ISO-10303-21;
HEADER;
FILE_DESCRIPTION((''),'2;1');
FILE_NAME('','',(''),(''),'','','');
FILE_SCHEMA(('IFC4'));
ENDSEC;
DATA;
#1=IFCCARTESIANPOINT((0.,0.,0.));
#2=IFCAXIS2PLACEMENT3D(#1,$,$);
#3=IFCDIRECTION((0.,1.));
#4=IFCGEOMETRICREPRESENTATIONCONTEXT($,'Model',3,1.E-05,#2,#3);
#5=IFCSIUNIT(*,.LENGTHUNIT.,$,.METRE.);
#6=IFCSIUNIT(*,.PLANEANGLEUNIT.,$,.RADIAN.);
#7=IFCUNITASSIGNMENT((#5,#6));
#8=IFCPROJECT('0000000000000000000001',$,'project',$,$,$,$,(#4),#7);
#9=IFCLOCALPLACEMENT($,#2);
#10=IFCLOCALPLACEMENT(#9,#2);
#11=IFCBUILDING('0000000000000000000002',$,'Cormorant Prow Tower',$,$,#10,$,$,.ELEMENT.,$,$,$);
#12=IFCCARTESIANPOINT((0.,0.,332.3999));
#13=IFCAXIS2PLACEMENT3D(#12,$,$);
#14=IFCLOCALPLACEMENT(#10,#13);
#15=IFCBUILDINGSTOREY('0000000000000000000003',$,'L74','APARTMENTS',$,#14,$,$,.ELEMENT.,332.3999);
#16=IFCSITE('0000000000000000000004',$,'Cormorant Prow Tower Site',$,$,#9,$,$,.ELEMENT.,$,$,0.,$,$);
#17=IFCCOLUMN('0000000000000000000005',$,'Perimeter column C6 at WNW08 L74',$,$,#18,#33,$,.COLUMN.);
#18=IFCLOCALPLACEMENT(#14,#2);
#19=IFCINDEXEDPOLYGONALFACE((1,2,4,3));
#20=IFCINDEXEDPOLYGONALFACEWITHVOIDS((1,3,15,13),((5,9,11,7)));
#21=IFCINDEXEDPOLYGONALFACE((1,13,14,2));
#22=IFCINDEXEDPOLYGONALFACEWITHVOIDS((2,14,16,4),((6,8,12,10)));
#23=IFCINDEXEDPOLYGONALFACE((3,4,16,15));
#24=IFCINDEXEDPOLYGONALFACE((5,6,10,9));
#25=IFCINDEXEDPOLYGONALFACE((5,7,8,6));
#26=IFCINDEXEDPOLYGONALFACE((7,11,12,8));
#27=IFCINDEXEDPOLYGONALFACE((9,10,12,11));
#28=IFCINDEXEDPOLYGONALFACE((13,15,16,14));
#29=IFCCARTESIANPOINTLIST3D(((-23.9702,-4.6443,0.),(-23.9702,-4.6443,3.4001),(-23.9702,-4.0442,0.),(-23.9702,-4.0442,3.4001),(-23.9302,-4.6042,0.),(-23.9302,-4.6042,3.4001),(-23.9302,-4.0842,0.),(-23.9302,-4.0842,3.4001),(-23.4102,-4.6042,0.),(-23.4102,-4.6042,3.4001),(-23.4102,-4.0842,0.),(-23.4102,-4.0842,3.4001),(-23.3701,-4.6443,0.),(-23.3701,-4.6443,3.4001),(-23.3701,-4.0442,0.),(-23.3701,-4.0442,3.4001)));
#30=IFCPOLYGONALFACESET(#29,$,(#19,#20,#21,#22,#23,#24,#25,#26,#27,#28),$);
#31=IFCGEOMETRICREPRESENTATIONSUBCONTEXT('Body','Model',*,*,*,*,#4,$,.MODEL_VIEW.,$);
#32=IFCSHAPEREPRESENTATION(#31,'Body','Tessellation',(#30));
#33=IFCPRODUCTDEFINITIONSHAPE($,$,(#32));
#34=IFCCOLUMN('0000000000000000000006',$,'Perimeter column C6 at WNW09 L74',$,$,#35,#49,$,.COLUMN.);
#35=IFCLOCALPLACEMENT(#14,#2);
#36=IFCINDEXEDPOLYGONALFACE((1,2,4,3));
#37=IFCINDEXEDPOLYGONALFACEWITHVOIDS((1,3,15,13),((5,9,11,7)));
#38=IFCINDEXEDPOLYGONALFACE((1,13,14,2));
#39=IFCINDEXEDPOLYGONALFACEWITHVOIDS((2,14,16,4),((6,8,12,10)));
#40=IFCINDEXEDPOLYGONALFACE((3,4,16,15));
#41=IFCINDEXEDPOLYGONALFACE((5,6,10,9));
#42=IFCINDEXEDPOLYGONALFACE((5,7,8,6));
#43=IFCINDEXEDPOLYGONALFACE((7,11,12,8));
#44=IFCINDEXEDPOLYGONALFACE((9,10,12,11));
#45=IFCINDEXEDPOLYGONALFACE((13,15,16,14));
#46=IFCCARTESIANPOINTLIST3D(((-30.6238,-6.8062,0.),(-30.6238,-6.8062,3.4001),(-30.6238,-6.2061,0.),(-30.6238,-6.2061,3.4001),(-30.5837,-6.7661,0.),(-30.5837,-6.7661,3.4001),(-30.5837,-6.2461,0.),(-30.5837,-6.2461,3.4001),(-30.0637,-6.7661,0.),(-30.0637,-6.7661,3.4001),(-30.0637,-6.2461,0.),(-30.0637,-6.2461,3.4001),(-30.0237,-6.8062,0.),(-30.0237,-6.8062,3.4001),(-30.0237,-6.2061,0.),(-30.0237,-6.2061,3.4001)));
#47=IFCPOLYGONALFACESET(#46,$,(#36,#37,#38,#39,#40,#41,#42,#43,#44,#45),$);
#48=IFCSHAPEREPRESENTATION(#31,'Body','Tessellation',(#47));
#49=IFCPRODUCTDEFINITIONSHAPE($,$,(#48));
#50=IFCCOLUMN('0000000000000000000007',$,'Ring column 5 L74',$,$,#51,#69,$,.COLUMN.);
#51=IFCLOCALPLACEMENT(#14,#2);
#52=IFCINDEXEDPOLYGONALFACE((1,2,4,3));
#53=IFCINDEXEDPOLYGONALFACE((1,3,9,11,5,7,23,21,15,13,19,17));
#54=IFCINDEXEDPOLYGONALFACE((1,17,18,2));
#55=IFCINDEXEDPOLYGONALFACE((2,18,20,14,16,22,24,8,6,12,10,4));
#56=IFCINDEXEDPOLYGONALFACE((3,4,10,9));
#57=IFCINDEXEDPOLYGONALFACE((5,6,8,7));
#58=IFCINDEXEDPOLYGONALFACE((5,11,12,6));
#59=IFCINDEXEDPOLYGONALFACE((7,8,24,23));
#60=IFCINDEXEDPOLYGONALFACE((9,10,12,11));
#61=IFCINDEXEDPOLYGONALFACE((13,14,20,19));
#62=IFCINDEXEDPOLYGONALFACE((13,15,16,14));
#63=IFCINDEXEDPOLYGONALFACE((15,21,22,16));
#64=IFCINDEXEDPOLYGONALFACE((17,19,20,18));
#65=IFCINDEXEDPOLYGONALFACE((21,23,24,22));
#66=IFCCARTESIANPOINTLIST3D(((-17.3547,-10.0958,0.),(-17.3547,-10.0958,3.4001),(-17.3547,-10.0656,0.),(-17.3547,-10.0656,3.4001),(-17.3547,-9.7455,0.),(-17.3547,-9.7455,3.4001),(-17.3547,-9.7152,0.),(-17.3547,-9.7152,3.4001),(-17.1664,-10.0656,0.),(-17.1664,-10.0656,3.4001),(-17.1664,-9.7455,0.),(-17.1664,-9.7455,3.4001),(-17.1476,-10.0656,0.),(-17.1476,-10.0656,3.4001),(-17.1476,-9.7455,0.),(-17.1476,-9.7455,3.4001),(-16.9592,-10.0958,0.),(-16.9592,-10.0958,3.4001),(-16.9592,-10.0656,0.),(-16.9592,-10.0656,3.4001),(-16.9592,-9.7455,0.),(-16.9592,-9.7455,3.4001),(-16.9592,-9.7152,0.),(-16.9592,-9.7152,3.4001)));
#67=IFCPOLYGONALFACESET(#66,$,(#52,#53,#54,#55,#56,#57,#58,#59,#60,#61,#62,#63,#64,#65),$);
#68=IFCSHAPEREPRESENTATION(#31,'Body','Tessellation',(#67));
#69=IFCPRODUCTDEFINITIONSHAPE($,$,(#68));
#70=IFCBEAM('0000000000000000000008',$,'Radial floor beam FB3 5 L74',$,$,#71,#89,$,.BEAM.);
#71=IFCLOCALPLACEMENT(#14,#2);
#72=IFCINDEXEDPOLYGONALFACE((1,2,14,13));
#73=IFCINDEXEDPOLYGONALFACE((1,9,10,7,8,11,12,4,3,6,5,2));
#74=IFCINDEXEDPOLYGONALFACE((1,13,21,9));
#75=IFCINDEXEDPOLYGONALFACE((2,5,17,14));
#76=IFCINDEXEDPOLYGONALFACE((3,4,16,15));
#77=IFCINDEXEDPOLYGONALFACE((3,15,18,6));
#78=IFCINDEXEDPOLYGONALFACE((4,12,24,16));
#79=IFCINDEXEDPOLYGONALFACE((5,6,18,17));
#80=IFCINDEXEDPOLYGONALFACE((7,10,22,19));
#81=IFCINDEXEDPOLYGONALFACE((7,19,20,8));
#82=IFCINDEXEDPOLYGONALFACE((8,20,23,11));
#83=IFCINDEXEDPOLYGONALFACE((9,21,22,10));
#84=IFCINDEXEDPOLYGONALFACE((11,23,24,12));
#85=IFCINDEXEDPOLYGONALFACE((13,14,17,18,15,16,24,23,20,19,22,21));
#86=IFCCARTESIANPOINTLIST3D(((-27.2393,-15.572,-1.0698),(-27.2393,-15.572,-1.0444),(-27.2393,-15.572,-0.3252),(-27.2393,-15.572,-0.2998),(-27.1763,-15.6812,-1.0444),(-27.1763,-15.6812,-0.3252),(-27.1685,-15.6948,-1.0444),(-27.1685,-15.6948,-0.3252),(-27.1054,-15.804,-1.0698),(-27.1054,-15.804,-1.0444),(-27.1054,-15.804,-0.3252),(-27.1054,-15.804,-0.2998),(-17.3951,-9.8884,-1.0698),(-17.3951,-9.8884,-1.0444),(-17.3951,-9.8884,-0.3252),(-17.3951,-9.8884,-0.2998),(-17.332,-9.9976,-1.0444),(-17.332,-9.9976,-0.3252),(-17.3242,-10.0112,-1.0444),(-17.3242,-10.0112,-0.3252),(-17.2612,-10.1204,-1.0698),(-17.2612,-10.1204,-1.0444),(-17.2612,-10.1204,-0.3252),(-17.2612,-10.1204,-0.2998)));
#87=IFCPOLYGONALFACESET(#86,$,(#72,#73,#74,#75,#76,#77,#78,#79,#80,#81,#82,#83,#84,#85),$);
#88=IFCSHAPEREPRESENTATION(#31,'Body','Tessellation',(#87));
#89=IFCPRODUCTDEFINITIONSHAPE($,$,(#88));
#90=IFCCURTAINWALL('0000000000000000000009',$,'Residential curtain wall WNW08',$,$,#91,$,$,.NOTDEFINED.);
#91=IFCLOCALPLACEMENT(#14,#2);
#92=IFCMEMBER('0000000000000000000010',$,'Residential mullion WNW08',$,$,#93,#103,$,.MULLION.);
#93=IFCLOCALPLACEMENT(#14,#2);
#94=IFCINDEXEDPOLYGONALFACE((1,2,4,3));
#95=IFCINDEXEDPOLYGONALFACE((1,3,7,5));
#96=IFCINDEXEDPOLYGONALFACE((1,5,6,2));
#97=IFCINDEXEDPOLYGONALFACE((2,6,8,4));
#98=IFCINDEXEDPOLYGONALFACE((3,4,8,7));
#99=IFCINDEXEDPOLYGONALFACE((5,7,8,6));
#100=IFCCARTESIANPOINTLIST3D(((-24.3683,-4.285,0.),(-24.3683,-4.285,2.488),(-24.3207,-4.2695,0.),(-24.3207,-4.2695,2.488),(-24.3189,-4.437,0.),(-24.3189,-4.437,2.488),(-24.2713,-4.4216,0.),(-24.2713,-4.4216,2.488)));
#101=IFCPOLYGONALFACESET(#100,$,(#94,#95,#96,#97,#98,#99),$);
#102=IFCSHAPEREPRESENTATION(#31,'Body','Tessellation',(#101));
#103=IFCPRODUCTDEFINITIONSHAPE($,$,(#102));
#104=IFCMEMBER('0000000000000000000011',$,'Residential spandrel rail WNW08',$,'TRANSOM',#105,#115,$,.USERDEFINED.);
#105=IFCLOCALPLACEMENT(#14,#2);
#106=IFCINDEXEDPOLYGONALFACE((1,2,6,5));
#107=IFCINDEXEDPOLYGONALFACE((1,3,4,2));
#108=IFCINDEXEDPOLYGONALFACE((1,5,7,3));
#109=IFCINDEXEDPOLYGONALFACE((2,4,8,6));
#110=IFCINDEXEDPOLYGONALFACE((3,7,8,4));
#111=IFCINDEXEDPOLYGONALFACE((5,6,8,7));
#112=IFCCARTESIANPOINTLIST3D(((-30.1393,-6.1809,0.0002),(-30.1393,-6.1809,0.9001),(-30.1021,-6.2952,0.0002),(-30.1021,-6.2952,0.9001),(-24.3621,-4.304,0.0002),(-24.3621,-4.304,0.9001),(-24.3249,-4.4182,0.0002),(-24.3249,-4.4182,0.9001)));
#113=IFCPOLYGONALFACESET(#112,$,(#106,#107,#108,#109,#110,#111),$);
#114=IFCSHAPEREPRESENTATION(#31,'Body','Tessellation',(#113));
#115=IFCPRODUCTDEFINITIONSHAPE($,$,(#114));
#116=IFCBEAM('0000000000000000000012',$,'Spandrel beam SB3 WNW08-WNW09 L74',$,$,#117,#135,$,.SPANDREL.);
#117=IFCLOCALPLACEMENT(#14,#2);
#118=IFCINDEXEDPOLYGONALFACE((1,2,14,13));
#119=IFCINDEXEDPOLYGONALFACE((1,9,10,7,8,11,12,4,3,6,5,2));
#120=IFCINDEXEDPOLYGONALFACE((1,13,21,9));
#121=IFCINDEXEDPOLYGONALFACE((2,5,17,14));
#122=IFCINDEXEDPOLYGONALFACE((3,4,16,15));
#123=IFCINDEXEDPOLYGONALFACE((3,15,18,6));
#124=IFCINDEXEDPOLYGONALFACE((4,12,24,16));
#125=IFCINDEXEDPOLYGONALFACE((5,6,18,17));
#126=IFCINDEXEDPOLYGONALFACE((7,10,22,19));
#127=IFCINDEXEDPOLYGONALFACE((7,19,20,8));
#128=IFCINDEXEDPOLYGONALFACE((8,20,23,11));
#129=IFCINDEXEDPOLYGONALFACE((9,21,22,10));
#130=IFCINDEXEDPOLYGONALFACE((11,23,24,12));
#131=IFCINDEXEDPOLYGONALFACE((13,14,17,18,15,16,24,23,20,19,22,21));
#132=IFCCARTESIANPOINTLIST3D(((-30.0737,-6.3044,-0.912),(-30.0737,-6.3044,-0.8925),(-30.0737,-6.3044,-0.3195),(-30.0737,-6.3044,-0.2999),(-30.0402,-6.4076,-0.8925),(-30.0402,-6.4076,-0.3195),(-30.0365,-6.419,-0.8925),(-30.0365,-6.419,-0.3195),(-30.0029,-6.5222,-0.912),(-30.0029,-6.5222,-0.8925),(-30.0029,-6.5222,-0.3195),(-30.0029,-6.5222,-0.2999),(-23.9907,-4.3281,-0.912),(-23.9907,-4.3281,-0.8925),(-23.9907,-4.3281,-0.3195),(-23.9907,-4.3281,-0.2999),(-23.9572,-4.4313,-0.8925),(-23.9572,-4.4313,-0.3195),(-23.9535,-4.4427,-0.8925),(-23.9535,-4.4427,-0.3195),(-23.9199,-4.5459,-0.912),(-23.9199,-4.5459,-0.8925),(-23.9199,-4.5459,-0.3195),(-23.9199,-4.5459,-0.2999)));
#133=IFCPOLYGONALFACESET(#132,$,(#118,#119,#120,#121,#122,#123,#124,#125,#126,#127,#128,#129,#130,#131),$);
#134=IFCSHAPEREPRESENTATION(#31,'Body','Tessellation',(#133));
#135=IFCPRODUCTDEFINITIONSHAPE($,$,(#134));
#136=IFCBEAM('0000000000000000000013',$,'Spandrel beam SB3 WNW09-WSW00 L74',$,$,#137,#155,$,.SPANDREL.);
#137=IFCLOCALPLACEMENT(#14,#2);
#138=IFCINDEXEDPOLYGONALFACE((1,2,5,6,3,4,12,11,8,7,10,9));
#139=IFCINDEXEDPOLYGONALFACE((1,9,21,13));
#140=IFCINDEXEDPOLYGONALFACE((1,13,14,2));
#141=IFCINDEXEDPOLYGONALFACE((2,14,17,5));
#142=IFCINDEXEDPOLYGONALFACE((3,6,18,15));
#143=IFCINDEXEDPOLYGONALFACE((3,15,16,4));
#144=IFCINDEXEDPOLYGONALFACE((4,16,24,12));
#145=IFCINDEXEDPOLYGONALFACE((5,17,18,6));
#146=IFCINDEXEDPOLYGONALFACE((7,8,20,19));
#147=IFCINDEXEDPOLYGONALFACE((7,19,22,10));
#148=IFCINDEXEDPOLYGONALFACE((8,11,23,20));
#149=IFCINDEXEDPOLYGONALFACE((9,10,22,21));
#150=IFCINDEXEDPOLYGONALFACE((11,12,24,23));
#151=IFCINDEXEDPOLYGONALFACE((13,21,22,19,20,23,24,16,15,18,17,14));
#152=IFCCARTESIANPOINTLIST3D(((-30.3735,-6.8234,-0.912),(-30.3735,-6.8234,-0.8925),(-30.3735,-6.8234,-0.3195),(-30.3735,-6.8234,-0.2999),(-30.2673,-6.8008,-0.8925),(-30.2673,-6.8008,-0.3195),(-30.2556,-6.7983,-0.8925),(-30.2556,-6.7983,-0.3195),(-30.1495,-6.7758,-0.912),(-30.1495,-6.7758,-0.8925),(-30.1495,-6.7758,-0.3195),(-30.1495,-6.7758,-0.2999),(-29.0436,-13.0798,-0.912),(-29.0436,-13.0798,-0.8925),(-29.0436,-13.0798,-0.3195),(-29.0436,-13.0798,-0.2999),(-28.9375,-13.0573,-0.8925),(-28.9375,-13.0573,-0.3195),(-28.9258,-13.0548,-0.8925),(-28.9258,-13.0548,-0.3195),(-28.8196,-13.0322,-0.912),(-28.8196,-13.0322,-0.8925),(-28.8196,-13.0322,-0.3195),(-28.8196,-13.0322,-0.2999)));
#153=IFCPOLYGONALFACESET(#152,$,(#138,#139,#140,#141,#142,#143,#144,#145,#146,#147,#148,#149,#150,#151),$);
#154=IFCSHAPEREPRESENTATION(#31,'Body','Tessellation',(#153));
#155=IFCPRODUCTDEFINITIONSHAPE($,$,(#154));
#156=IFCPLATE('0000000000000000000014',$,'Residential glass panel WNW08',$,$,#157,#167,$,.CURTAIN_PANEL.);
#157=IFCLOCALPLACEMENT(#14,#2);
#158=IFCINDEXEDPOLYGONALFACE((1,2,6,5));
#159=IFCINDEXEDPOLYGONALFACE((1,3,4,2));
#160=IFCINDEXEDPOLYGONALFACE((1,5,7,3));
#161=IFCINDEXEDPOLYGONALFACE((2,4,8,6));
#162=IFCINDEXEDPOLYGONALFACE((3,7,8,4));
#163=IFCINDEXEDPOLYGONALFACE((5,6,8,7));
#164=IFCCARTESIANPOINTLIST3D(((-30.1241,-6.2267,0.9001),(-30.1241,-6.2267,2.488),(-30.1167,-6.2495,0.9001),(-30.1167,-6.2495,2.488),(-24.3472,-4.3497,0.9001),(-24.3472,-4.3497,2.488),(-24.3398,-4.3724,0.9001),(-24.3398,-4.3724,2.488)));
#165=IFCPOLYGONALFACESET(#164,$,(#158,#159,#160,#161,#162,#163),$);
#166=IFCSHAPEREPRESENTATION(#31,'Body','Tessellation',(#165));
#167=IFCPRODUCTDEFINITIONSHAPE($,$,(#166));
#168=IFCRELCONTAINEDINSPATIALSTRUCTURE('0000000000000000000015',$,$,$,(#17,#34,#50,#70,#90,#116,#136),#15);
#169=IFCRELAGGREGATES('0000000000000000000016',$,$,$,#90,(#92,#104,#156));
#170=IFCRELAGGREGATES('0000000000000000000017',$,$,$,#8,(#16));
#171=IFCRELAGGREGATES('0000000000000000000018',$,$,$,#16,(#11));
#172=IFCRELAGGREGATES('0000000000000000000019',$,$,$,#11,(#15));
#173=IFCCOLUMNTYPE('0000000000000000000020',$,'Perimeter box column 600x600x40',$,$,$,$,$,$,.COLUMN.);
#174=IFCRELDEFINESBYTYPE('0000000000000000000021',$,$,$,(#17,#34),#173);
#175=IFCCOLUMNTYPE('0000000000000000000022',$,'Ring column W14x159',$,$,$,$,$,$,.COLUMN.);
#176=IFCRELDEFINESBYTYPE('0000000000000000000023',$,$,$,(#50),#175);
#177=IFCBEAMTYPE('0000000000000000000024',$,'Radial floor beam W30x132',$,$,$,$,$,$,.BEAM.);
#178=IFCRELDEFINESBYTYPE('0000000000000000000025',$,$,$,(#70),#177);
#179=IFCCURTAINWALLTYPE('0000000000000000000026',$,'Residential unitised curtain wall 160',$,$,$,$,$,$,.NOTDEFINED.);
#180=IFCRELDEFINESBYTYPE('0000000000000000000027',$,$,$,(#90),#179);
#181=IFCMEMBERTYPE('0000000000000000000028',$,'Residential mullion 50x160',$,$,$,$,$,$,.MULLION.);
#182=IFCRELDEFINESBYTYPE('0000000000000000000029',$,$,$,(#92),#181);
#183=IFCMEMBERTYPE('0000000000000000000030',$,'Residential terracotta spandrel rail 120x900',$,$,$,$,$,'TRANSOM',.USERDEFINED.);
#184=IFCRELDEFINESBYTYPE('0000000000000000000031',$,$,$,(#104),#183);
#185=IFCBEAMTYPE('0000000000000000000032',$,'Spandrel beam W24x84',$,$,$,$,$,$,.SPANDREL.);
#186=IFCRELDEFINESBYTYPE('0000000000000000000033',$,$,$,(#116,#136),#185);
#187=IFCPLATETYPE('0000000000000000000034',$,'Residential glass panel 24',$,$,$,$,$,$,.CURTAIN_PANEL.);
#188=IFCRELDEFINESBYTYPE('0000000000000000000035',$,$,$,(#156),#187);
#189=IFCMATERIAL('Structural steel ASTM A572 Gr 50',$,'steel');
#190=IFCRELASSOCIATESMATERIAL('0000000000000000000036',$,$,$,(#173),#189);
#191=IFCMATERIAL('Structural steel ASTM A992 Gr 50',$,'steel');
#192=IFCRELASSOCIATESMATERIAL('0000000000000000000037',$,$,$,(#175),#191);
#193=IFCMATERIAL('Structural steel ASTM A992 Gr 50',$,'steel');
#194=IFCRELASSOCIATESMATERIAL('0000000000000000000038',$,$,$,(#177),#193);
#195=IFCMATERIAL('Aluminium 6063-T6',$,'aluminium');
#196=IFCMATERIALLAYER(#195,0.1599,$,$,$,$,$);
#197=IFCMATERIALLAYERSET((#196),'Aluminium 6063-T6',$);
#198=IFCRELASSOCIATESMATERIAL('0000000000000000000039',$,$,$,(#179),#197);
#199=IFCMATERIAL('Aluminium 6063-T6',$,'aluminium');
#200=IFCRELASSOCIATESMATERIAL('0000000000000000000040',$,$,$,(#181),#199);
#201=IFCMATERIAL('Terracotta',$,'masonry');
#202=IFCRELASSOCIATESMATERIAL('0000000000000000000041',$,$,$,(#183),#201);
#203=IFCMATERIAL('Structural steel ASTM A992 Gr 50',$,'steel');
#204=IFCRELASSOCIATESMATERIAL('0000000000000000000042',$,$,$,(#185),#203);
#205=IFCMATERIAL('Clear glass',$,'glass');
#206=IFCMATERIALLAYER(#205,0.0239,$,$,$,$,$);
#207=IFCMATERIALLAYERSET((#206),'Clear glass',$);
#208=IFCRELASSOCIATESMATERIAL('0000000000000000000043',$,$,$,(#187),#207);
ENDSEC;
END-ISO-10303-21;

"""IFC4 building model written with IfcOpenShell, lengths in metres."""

from ifc_helpers import new_model, si_unit, direction, frame, origin, origin_2d, place, context, subcontext, project, spatial, rectangle, hollow_rectangle, i_section, extrude, material, layer, layer_set, material_profile, profile_set, type_object, element, aggregate, save


model = new_model("IFC4")

# Units and contexts
model_context = context("Model", 3, precision=1e-05, world=origin(), true_north=direction((0.0, 1.0)))
body_context = subcontext(model_context, "Body", "Model", "MODEL_VIEW")
ifc_project = project(units=[si_unit("LENGTHUNIT", "METRE"), si_unit("PLANEANGLEUNIT", "RADIAN")], contexts=[model_context])

# Site, building, storey
site_placement = place(None, origin())
site = spatial("IfcSite", under=ifc_project, at=site_placement, Name="Cormorant Prow Tower Site", CompositionType="ELEMENT", RefElevation=0.0)
building_placement = place(site_placement, origin())
building = spatial("IfcBuilding", under=site, at=building_placement, Name="Cormorant Prow Tower", CompositionType="ELEMENT")
storey_placement = place(building_placement, frame((0.0, 0.0, 332.3999)))
storey = spatial("IfcBuildingStorey", under=building, at=storey_placement, Name="L74", Description="APARTMENTS", CompositionType="ELEMENT", Elevation=332.3999)

# Columns
ifc_material_1 = material(Name="Structural steel ASTM A572 Gr 50", Category="steel")
ifc_material_profile_1 = material_profile(ifc_material_1, hollow_rectangle(XDim=0.6001, YDim=0.6001, WallThickness=0.04, at=origin_2d()), Name="Box 600x600x40")
ifc_profile_set_1 = profile_set([ifc_material_profile_1], Name="Structural steel ASTM A572 Gr 50")
column_type_1 = type_object("IfcColumnType", Name="Perimeter box column 600x600x40", PredefinedType="COLUMN", material=ifc_profile_set_1)
for number, where, z_axis, x_axis, name in (
    (1, (-23.6702, -4.3442, 0.0), (0.0, 0.0, 1.0), (1.0, 0.0, 0.0), "Perimeter column C6 at WNW08 L74"),
    (2, (-30.3237, -6.5061, 0.0), (0.0, 0.0, 1.0), (1.0, 0.0, 0.0), "Perimeter column C6 at WNW09 L74"),
):
    element("IfcColumn", number, at=place(storey_placement, frame(where, z_axis=z_axis, x_axis=x_axis)), inside=storey, type_object=column_type_1, Name=name, PredefinedType="COLUMN", context=body_context, shape_type="SweptSolid", body=[
        extrude(hollow_rectangle(XDim=0.6001, YDim=0.6001, WallThickness=0.04, at=origin_2d()), origin(), (0.0, 0.0, 1.0), 3.4001),
    ])
ifc_material_2 = material(Name="Structural steel ASTM A992 Gr 50", Category="steel")
ifc_material_profile_2 = material_profile(ifc_material_2, i_section(OverallWidth=0.3955, OverallDepth=0.3806, WebThickness=0.0188, FlangeThickness=0.0303, at=origin_2d()), Name="W14x159")
ifc_profile_set_2 = profile_set([ifc_material_profile_2], Name="Structural steel ASTM A992 Gr 50")
column_type_2 = type_object("IfcColumnType", Name="Ring column W14x159", PredefinedType="COLUMN", material=ifc_profile_set_2)
column_placement = place(storey_placement, frame((-17.157, -9.9055, 0.0), z_axis=(0.0, 0.0, 1.0), x_axis=(1.0, 0.0, 0.0)))
element("IfcColumn", 3, at=column_placement, inside=storey, type_object=column_type_2, Name="Ring column 5 L74", PredefinedType="COLUMN", context=body_context, shape_type="SweptSolid", body=[
    extrude(i_section(OverallWidth=0.3955, OverallDepth=0.3806, WebThickness=0.0188, FlangeThickness=0.0303, at=origin_2d()), origin(), (0.0, 0.0, 1.0), 3.4001),
])

# Beam
ifc_material_3 = material(Name="Structural steel ASTM A992 Gr 50", Category="steel")
ifc_material_profile_3 = material_profile(ifc_material_3, i_section(OverallWidth=0.2678, OverallDepth=0.77, WebThickness=0.0156, FlangeThickness=0.0254, at=origin_2d()), Name="W30x132")
ifc_profile_set_3 = profile_set([ifc_material_profile_3], Name="Structural steel ASTM A992 Gr 50")
beam_type_1 = type_object("IfcBeamType", Name="Radial floor beam W30x132", PredefinedType="BEAM", material=ifc_profile_set_3)
beam_1_placement = place(storey_placement, frame((-17.3281, -10.0044, -0.6848), z_axis=(-0.866025, -0.500001, 0.0), x_axis=(0.500001, -0.866025, 0.0)))
element("IfcBeam", 4, at=beam_1_placement, inside=storey, type_object=beam_type_1, Name="Radial floor beam FB3 5 L74", PredefinedType="BEAM", context=body_context, shape_type="SweptSolid", body=[
    extrude(i_section(OverallWidth=0.2678, OverallDepth=0.77, WebThickness=0.0156, FlangeThickness=0.0254, at=origin_2d()), origin(), (0.0, 0.0, 1.0), 11.3672),
])

# Curtain wall, members
ifc_material_4 = material(Name="Aluminium 6063-T6", Category="aluminium")
ifc_layer_1 = layer(ifc_material_4, 0.1599)
ifc_layer_set_1 = layer_set([ifc_layer_1], Name="Aluminium 6063-T6")
curtain_wall_type = type_object("IfcCurtainWallType", Name="Residential unitised curtain wall 160", PredefinedType="NOTDEFINED", material=ifc_layer_set_1)
curtain_wall_placement = place(storey_placement, origin())
curtain_wall = element("IfcCurtainWall", 5, at=curtain_wall_placement, inside=storey, type_object=curtain_wall_type, Name="Residential curtain wall WNW08", PredefinedType="NOTDEFINED")
ifc_material_5 = material(Name="Aluminium 6063-T6", Category="aluminium")
ifc_material_profile_4 = material_profile(ifc_material_5, rectangle(XDim=0.1599, YDim=0.05, at=origin_2d()), Name="Residential mullion 50x160")
ifc_profile_set_4 = profile_set([ifc_material_profile_4], Name="Aluminium 6063-T6")
member_type_1 = type_object("IfcMemberType", Name="Residential mullion 50x160", PredefinedType="MULLION", material=ifc_profile_set_4)
member_1_placement = place(storey_placement, frame((-24.3198, -4.3533, 0.0), z_axis=(0.0, 0.0, 1.0), x_axis=(0.309017, -0.951057, 0.0)))
member_1 = element("IfcMember", 6, at=member_1_placement, type_object=member_type_1, Name="Residential mullion WNW08", PredefinedType="MULLION", context=body_context, shape_type="SweptSolid", body=[
    extrude(rectangle(XDim=0.1599, YDim=0.05, at=origin_2d()), origin(), (0.0, 0.0, 1.0), 2.488),
])
ifc_material_6 = material(Name="Terracotta", Category="masonry")
ifc_material_profile_5 = material_profile(ifc_material_6, rectangle(XDim=0.1201, YDim=0.8999, at=origin_2d()), Name="Residential terracotta spandrel rail 120x900")
ifc_profile_set_5 = profile_set([ifc_material_profile_5], Name="Terracotta")
member_type_2 = type_object("IfcMemberType", Name="Residential terracotta spandrel rail 120x900", ElementType="TRANSOM", PredefinedType="USERDEFINED", material=ifc_profile_set_5)
member_2_placement = place(storey_placement, frame((-24.3435, -4.3611, 0.4502), z_axis=(-0.951063, -0.308996, 0.0), x_axis=(0.308996, -0.951063, 0.0)))
member_2 = element("IfcMember", 7, at=member_2_placement, type_object=member_type_2, Name="Residential spandrel rail WNW08", ObjectType="TRANSOM", PredefinedType="USERDEFINED", context=body_context, shape_type="SweptSolid", body=[
    extrude(rectangle(XDim=0.1201, YDim=0.8999, at=origin_2d()), origin(), (0.0, 0.0, 1.0), 6.0745),
])

# Beams
ifc_material_7 = material(Name="Structural steel ASTM A992 Gr 50", Category="steel")
ifc_material_profile_6 = material_profile(ifc_material_7, i_section(OverallWidth=0.229, OverallDepth=0.6121, WebThickness=0.012, FlangeThickness=0.0195, at=origin_2d()), Name="W24x84")
ifc_profile_set_6 = profile_set([ifc_material_profile_6], Name="Structural steel ASTM A992 Gr 50")
beam_type_2 = type_object("IfcBeamType", Name="Spandrel beam W24x84", PredefinedType="SPANDREL", material=ifc_profile_set_6)
beam_2_placement = place(storey_placement, frame((-23.9553, -4.437, -0.606), z_axis=(-0.951064, -0.308993, 0.0), x_axis=(0.308993, -0.951064, 0.0)))
element("IfcBeam", 8, at=beam_2_placement, inside=storey, type_object=beam_type_2, Name="Spandrel beam SB3 WNW08-WNW09 L74", PredefinedType="SPANDREL", context=body_context, shape_type="SweptSolid", body=[
    extrude(i_section(OverallWidth=0.229, OverallDepth=0.6121, WebThickness=0.012, FlangeThickness=0.0195, at=origin_2d()), origin(), (0.0, 0.0, 1.0), 6.396),
])
beam_3_placement = place(storey_placement, frame((-30.2615, -6.7996, -0.606), z_axis=(0.207913, -0.978147, 0.0), x_axis=(0.978147, 0.207913, 0.0)))
element("IfcBeam", 9, at=beam_3_placement, inside=storey, type_object=beam_type_2, Name="Spandrel beam SB3 WNW09-WSW00 L74", PredefinedType="SPANDREL", context=body_context, shape_type="SweptSolid", body=[
    extrude(i_section(OverallWidth=0.229, OverallDepth=0.6121, WebThickness=0.012, FlangeThickness=0.0195, at=origin_2d()), origin(), (0.0, 0.0, 1.0), 6.3962),
])

# Plate
ifc_material_8 = material(Name="Clear glass", Category="glass")
ifc_layer_2 = layer(ifc_material_8, 0.0239)
ifc_layer_set_2 = layer_set([ifc_layer_2], Name="Clear glass")
plate_type = type_object("IfcPlateType", Name="Residential glass panel 24", PredefinedType="CURTAIN_PANEL", material=ifc_layer_set_2)
plate_placement = place(storey_placement, frame((-27.2319, -5.2996, 0.9001), z_axis=(0.0, 0.0, 1.0), x_axis=(-0.951057, -0.309017, 0.0)))
plate = element("IfcPlate", 10, at=plate_placement, type_object=plate_type, Name="Residential glass panel WNW08", PredefinedType="CURTAIN_PANEL", context=body_context, shape_type="SweptSolid", body=[
    extrude(rectangle(XDim=6.0742, YDim=0.0239, at=origin_2d()), origin(), (0.0, 0.0, 1.0), 1.5879),
])
aggregate(curtain_wall, [member_1, member_2, plate])

save(model, "model.ifc")
